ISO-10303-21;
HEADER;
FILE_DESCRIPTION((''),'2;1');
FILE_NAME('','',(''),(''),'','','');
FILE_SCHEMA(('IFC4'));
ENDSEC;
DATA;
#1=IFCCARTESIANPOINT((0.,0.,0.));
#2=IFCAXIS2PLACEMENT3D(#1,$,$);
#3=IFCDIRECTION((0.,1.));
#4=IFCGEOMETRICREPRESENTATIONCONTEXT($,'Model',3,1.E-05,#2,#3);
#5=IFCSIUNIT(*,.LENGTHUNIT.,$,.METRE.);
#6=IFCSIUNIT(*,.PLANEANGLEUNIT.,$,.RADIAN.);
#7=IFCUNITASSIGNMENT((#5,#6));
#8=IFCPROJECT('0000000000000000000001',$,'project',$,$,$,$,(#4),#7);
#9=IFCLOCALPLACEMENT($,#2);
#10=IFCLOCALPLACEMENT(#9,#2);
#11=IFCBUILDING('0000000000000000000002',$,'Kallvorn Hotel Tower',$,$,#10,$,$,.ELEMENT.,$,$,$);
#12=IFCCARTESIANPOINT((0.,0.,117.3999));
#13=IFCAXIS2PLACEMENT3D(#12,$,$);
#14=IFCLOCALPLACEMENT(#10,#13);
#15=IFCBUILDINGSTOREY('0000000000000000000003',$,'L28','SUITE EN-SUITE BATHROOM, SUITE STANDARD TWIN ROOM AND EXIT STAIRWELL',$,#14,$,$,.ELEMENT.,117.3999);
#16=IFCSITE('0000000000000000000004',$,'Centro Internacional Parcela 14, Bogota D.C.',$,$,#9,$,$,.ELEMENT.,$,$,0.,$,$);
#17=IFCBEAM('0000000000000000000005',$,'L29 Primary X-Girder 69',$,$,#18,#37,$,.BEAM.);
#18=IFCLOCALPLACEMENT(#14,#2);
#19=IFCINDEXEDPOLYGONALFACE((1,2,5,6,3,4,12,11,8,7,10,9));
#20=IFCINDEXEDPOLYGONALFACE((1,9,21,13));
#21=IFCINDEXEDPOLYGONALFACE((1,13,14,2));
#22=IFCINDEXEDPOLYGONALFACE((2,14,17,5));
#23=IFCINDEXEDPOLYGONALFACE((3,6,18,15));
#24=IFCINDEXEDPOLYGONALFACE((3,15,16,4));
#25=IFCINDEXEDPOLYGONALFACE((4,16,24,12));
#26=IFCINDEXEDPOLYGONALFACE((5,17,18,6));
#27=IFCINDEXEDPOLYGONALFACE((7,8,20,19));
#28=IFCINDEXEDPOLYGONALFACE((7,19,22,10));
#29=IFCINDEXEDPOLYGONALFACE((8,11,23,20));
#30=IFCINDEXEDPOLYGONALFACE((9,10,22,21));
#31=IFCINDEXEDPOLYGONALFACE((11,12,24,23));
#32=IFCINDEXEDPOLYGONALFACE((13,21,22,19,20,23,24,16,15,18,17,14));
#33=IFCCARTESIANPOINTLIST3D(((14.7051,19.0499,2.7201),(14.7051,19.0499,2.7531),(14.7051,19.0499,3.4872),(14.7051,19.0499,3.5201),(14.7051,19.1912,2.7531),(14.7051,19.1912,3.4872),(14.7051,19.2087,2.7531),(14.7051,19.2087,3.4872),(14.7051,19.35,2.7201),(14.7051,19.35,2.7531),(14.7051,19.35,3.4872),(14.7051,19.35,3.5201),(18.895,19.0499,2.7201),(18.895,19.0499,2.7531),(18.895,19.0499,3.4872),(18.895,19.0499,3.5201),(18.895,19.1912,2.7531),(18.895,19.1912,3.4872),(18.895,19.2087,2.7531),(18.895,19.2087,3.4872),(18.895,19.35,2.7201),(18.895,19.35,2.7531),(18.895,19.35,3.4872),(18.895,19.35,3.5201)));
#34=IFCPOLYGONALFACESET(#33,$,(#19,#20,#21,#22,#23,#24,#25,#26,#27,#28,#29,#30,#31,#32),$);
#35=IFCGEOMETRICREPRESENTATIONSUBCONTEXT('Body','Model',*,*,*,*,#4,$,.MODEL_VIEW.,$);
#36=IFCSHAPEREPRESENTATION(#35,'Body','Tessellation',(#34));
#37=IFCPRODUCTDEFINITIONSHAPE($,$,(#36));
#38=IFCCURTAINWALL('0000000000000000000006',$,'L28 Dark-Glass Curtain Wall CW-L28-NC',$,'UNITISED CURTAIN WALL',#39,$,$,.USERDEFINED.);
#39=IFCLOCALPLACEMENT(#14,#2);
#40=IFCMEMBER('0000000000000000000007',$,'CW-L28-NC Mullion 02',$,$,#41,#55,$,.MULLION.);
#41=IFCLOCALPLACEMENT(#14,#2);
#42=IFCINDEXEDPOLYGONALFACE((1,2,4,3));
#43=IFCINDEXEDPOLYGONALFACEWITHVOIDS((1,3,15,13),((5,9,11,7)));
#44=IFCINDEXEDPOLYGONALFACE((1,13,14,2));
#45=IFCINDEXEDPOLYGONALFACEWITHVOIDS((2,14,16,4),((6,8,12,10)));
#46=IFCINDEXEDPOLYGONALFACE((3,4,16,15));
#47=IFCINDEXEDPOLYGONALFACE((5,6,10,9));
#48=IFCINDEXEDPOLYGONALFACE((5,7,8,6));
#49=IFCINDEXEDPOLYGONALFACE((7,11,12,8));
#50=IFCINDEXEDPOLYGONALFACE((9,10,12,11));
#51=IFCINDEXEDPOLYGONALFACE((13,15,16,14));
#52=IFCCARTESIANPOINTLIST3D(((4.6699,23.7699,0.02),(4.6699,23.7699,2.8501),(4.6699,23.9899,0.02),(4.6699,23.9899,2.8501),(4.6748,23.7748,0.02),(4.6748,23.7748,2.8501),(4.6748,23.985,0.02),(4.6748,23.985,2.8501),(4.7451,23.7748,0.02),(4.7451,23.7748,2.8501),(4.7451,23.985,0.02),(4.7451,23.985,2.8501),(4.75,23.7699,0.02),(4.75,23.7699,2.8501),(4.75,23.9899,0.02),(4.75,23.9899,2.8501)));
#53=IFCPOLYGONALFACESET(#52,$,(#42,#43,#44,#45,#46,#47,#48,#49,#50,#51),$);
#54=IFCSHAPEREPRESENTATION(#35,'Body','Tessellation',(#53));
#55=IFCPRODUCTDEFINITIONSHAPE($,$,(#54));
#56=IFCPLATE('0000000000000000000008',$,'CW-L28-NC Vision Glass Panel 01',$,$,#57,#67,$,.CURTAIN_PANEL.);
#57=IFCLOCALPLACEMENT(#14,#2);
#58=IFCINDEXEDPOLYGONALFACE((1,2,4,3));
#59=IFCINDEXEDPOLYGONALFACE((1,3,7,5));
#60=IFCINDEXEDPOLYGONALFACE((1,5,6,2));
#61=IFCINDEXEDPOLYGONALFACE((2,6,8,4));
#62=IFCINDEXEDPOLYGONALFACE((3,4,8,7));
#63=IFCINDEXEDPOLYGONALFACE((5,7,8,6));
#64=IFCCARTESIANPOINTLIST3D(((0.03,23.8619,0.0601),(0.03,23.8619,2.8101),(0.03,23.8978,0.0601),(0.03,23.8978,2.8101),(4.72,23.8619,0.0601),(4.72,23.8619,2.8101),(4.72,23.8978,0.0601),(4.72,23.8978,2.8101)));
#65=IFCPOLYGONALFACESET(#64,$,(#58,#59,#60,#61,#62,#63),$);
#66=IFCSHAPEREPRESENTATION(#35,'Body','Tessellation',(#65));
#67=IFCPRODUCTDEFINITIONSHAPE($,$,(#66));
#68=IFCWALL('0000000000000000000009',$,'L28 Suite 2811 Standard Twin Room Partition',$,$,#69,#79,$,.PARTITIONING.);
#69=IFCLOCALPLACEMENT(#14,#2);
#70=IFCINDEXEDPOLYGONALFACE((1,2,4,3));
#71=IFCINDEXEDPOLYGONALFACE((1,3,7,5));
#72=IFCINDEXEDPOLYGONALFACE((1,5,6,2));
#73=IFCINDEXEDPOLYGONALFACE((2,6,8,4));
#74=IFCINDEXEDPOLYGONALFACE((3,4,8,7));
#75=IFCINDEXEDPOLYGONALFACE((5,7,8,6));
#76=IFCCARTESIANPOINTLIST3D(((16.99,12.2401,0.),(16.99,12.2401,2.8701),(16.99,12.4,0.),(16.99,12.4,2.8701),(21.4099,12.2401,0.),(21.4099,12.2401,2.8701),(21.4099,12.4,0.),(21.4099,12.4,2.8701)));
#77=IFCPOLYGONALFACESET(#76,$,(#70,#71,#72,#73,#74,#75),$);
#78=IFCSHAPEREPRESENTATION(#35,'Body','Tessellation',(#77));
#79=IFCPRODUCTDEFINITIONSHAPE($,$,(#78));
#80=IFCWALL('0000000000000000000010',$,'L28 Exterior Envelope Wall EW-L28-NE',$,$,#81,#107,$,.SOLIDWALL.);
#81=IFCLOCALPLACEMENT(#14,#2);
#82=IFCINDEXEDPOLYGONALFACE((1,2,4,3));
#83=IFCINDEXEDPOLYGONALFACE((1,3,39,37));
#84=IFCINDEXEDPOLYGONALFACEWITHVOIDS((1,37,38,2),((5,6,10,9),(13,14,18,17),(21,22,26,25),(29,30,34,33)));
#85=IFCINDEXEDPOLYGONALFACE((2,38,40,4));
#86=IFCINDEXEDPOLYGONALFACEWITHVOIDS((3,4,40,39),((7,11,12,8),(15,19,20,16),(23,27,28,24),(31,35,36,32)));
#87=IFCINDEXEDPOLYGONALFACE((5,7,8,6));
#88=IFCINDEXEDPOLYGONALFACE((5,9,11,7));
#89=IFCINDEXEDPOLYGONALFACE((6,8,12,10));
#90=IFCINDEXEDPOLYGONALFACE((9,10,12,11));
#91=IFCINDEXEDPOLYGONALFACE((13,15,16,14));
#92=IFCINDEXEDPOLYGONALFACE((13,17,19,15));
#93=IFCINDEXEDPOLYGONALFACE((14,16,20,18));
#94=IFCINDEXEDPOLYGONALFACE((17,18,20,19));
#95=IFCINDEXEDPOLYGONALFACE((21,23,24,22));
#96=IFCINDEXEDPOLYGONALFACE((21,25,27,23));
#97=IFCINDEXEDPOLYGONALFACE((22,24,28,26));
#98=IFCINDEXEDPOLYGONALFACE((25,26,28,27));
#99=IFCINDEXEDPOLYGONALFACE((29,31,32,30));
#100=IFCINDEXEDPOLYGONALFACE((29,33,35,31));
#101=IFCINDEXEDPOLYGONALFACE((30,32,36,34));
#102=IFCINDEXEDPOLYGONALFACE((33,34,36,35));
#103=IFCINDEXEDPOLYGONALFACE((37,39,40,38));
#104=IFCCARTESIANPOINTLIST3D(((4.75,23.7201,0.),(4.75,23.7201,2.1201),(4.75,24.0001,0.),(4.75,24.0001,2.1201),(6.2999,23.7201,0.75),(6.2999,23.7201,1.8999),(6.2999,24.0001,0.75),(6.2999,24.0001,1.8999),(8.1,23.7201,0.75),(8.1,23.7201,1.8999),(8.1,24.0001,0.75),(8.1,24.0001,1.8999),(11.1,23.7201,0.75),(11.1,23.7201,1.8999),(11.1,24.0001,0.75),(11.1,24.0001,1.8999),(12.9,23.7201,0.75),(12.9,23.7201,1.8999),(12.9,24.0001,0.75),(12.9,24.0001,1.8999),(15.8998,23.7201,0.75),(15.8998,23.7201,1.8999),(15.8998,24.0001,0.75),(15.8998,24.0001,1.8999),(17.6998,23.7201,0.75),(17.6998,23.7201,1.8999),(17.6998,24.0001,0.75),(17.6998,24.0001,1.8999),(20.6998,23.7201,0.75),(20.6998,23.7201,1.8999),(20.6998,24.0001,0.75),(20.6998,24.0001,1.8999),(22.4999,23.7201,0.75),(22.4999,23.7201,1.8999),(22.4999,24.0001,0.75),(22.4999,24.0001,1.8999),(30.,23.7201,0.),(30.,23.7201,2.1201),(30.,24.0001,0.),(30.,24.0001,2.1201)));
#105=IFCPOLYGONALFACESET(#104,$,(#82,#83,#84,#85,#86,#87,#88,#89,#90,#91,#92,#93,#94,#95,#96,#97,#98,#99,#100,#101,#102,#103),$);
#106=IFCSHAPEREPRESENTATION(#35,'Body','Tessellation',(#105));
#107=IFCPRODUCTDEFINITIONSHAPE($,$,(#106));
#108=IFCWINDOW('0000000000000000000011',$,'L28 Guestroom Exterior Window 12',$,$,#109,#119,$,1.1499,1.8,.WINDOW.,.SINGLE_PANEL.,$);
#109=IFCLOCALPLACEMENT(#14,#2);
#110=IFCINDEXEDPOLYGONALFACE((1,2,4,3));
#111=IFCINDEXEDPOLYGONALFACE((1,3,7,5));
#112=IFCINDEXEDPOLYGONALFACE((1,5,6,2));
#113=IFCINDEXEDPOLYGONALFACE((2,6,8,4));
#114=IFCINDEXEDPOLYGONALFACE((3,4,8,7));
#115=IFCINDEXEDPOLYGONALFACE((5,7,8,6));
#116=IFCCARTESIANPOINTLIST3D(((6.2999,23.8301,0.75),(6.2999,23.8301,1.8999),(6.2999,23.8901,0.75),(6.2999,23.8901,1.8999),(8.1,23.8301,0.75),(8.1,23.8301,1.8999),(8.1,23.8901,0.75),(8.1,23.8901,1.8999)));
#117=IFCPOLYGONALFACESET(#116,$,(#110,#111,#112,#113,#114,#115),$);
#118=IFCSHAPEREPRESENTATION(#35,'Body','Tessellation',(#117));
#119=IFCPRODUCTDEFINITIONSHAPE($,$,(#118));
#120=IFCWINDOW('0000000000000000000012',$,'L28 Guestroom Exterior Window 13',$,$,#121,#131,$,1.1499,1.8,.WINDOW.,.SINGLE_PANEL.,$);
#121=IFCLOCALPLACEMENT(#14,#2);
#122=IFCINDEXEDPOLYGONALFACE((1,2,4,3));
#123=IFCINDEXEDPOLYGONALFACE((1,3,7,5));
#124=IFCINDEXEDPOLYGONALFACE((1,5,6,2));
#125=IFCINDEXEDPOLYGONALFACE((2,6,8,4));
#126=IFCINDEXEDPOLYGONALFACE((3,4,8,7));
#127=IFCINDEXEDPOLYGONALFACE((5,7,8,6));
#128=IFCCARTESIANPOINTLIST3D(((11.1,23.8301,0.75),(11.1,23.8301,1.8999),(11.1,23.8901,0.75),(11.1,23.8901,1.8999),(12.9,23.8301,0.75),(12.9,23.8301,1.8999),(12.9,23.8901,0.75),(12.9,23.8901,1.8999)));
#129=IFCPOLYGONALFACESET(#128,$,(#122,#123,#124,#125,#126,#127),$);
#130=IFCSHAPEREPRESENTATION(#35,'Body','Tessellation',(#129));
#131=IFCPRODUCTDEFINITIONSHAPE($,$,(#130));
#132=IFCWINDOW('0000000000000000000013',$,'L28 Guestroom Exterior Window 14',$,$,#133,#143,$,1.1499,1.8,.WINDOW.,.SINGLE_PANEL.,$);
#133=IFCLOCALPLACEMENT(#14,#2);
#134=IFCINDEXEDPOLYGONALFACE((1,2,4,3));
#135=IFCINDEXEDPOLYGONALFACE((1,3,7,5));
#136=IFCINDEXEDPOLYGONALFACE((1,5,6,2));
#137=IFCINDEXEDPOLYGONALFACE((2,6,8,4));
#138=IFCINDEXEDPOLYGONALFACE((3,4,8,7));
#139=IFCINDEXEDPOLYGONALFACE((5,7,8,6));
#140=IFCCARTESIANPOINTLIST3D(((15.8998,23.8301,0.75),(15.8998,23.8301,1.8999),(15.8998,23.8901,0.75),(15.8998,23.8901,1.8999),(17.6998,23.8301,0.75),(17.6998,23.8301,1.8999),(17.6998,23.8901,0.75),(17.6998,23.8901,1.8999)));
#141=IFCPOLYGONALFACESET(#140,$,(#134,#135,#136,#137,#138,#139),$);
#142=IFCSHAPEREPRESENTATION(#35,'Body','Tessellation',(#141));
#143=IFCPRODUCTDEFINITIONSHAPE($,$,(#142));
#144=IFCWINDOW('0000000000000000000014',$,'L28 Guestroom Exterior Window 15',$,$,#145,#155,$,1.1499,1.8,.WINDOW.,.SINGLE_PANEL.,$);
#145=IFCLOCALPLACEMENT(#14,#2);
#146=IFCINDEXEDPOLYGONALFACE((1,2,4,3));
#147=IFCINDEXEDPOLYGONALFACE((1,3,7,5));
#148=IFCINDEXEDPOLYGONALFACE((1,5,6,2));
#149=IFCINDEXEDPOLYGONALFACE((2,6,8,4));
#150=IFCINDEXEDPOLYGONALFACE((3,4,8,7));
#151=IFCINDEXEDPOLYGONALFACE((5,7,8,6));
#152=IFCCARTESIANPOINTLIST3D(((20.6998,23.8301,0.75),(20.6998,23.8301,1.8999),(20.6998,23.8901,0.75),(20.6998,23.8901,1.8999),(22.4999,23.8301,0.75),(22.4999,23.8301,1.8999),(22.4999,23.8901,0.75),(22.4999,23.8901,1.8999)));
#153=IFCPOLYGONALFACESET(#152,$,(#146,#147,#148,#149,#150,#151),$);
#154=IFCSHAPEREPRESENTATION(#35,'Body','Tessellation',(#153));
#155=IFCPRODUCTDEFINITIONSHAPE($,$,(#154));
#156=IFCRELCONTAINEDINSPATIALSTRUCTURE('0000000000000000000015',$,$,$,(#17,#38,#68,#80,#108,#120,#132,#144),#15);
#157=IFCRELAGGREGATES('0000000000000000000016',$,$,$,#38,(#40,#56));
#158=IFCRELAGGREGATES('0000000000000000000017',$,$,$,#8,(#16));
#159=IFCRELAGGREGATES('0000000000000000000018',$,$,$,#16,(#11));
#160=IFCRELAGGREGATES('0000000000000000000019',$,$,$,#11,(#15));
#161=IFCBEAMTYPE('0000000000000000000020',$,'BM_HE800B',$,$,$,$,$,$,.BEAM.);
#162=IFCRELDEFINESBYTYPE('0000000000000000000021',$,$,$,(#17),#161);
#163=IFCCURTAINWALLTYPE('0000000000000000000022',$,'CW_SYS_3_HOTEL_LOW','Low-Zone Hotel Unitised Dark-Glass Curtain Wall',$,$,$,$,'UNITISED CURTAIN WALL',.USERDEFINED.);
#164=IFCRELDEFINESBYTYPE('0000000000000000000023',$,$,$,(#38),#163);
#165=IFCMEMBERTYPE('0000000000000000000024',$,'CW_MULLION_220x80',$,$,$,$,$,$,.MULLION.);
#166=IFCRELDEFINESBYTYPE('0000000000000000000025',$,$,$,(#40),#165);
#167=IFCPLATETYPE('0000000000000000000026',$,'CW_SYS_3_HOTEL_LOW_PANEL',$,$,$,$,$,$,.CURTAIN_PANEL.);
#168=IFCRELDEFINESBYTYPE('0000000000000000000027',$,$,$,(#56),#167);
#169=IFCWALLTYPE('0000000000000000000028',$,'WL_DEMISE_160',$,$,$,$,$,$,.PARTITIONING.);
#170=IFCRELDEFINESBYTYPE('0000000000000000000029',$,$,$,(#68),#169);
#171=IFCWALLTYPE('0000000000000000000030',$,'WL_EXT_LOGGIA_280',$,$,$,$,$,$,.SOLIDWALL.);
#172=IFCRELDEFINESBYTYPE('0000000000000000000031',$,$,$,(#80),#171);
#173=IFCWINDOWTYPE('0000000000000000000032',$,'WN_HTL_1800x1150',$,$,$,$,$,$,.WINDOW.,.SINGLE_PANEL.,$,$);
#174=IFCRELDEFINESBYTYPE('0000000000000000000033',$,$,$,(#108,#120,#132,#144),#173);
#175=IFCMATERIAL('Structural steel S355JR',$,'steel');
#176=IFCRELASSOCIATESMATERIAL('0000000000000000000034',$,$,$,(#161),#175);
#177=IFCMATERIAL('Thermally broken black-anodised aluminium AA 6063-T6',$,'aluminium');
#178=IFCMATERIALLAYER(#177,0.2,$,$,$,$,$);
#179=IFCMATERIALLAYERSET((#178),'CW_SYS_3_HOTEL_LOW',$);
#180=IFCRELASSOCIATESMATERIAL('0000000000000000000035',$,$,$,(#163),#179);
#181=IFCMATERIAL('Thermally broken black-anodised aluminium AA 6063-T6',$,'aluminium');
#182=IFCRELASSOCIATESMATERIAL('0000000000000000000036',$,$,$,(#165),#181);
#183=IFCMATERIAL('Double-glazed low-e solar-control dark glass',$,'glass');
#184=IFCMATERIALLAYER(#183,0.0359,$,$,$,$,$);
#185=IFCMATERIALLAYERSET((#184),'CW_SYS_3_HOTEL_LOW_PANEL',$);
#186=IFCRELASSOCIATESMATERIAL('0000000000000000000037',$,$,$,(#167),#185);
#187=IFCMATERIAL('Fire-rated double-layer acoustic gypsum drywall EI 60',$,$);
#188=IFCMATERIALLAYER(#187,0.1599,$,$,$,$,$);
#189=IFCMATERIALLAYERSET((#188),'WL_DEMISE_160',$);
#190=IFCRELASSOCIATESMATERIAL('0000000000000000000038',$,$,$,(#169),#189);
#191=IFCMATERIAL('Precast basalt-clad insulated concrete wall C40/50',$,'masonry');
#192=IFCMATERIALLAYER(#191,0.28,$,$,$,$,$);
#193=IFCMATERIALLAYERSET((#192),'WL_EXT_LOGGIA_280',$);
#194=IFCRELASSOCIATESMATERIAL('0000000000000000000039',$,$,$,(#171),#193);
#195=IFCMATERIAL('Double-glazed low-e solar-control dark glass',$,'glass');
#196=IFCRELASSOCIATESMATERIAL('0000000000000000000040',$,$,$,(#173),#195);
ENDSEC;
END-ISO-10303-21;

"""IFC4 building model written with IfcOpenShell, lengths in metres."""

from ifc_helpers import new_model, si_unit, direction, frame, frame_2d, origin, origin_2d, place, context, subcontext, project, spatial, rectangle, hollow_rectangle, i_section, extrude, material, layer, layer_set, material_profile, profile_set, type_object, element, fill, aggregate, save


model = new_model("IFC4")

# Units and contexts
model_context = context("Model", 3, precision=1e-05, world=origin(), true_north=direction((0.0, 1.0)))
body_context = subcontext(model_context, "Body", "Model", "MODEL_VIEW")
ifc_project = project(units=[si_unit("LENGTHUNIT", "METRE"), si_unit("PLANEANGLEUNIT", "RADIAN")], contexts=[model_context])

# Site, building, storey
site_placement = place(None, origin())
site = spatial("IfcSite", under=ifc_project, at=site_placement, Name="Centro Internacional Parcela 14, Bogota D.C.", CompositionType="ELEMENT", RefElevation=0.0)
building_placement = place(site_placement, origin())
building = spatial("IfcBuilding", under=site, at=building_placement, Name="Kallvorn Hotel Tower", CompositionType="ELEMENT")
storey_placement = place(building_placement, frame((0.0, 0.0, 117.3999)))
storey = spatial("IfcBuildingStorey", under=building, at=storey_placement, Name="L28", Description="SUITE EN-SUITE BATHROOM, SUITE STANDARD TWIN ROOM AND EXIT STAIRWELL", CompositionType="ELEMENT", Elevation=117.3999)

# Beam
ifc_material_1 = material(Name="Structural steel S355JR", Category="steel")
ifc_material_profile_1 = material_profile(ifc_material_1, i_section(OverallWidth=0.3, OverallDepth=0.8, WebThickness=0.0176, FlangeThickness=0.033, at=origin_2d()), Name="HE 800 B")
ifc_profile_set_1 = profile_set([ifc_material_profile_1], Name="Structural steel S355JR")
beam_type_1 = type_object("IfcBeamType", Name="BM_HE800B", PredefinedType="BEAM", material=ifc_profile_set_1)
for number, where, z_axis, x_axis, name in (
    (1, (14.7051, 19.2, 3.1201), (1.0, 0.0, 0.0), (0.0, 1.0, 0.0), "L29 Primary X-Girder 69"),
):
    element("IfcBeam", number, at=place(storey_placement, frame(where, z_axis=z_axis, x_axis=x_axis)), inside=storey, type_object=beam_type_1, Name=name, PredefinedType="BEAM", context=body_context, shape_type="SweptSolid", body=[
        extrude(i_section(OverallWidth=0.3, OverallDepth=0.8, WebThickness=0.0176, FlangeThickness=0.033, at=origin_2d()), origin(), (0.0, 0.0, 1.0), 4.1899),
    ])

# Curtain wall, member, plate
ifc_material_2 = material(Name="Thermally broken black-anodised aluminium AA 6063-T6", Category="aluminium")
ifc_layer_1 = layer(ifc_material_2, 0.2)
ifc_layer_set_1 = layer_set([ifc_layer_1], Name="CW_SYS_3_HOTEL_LOW")
curtain_wall_type = type_object("IfcCurtainWallType", Name="CW_SYS_3_HOTEL_LOW", Description="Low-Zone Hotel Unitised Dark-Glass Curtain Wall", ElementType="UNITISED CURTAIN WALL", PredefinedType="USERDEFINED", material=ifc_layer_set_1)
curtain_wall_placement = place(storey_placement, origin())
curtain_wall = element("IfcCurtainWall", 2, at=curtain_wall_placement, inside=storey, type_object=curtain_wall_type, Name="L28 Dark-Glass Curtain Wall CW-L28-NC", ObjectType="UNITISED CURTAIN WALL", PredefinedType="USERDEFINED")
ifc_material_3 = material(Name="Thermally broken black-anodised aluminium AA 6063-T6", Category="aluminium")
ifc_material_profile_2 = material_profile(ifc_material_3, hollow_rectangle(XDim=0.0801, YDim=0.22, WallThickness=0.0049, at=origin_2d()), Name="MUL 220x80")
ifc_profile_set_2 = profile_set([ifc_material_profile_2], Name="Thermally broken black-anodised aluminium AA 6063-T6")
member_type = type_object("IfcMemberType", Name="CW_MULLION_220x80", PredefinedType="MULLION", material=ifc_profile_set_2)
member_placement = place(storey_placement, frame((4.71, 23.8799, 0.02), z_axis=(0.0, 0.0, 1.0), x_axis=(1.0, 0.0, 0.0)))
member = element("IfcMember", 3, at=member_placement, type_object=member_type, Name="CW-L28-NC Mullion 02", PredefinedType="MULLION", context=body_context, shape_type="SweptSolid", body=[
    extrude(hollow_rectangle(XDim=0.0801, YDim=0.22, WallThickness=0.0049, at=origin_2d()), origin(), (0.0, 0.0, 1.0), 2.8301),
])
ifc_material_4 = material(Name="Double-glazed low-e solar-control dark glass", Category="glass")
ifc_layer_2 = layer(ifc_material_4, 0.0359)
ifc_layer_set_2 = layer_set([ifc_layer_2], Name="CW_SYS_3_HOTEL_LOW_PANEL")
plate_type = type_object("IfcPlateType", Name="CW_SYS_3_HOTEL_LOW_PANEL", PredefinedType="CURTAIN_PANEL", material=ifc_layer_set_2)
plate_placement = place(storey_placement, frame((2.375, 23.8799, 0.0601), z_axis=(0.0, 0.0, 1.0), x_axis=(1.0, 0.0, 0.0)))
plate = element("IfcPlate", 4, at=plate_placement, type_object=plate_type, Name="CW-L28-NC Vision Glass Panel 01", PredefinedType="CURTAIN_PANEL", context=body_context, shape_type="SweptSolid", body=[
    extrude(rectangle(XDim=4.6899, YDim=0.0359, at=origin_2d()), origin(), (0.0, 0.0, 1.0), 2.75),
])
aggregate(curtain_wall, [member, plate])

# Wall
ifc_material_5 = material(Name="Fire-rated double-layer acoustic gypsum drywall EI 60")
ifc_layer_3 = layer(ifc_material_5, 0.1599)
ifc_layer_set_3 = layer_set([ifc_layer_3], Name="WL_DEMISE_160")
wall_type_1 = type_object("IfcWallType", Name="WL_DEMISE_160", PredefinedType="PARTITIONING", material=ifc_layer_set_3)
wall_1_placement = place(storey_placement, frame((16.99, 12.3201, 0.0), z_axis=(0.0, 0.0, 1.0), x_axis=(1.0, 0.0, 0.0)))
element("IfcWall", 5, at=wall_1_placement, inside=storey, type_object=wall_type_1, Name="L28 Suite 2811 Standard Twin Room Partition", PredefinedType="PARTITIONING", context=body_context, shape_type="SweptSolid", body=[
    extrude(rectangle(XDim=4.4199, YDim=0.1599, at=frame_2d((2.21, 0.0))), origin(), (0.0, 0.0, 1.0), 2.8701),
])

# Wall, openings, windows
ifc_material_6 = material(Name="Precast basalt-clad insulated concrete wall C40/50", Category="masonry")
ifc_layer_4 = layer(ifc_material_6, 0.28)
ifc_layer_set_4 = layer_set([ifc_layer_4], Name="WL_EXT_LOGGIA_280")
wall_type_2 = type_object("IfcWallType", Name="WL_EXT_LOGGIA_280", PredefinedType="SOLIDWALL", material=ifc_layer_set_4)
wall_2_placement = place(storey_placement, frame((4.75, 23.8601, 0.0), z_axis=(0.0, 0.0, 1.0), x_axis=(1.0, 0.0, 0.0)))
wall_2 = element("IfcWall", 6, at=wall_2_placement, inside=storey, type_object=wall_type_2, Name="L28 Exterior Envelope Wall EW-L28-NE", PredefinedType="SOLIDWALL", context=body_context, shape_type="SweptSolid", body=[
    extrude(rectangle(XDim=25.25, YDim=0.28, at=frame_2d((12.625, 0.0))), origin(), (0.0, 0.0, 1.0), 2.1201),
])
opening_1_placement = place(wall_2_placement, frame((1.55, 0.0, 0.75)))
opening_1 = element("IfcOpeningElement", 7, at=opening_1_placement, cuts=wall_2, PredefinedType="OPENING", context=body_context, shape_type="SweptSolid", body=[
    extrude(rectangle(XDim=1.8, YDim=1.1499, at=frame_2d((0.8999, 0.575))), frame((0.0, 0.155, 0.0), z_axis=(0.0, -1.0, 0.0), x_axis=(1.0, 0.0, 0.0)), (0.0, 0.0, 1.0), 0.3101),
])
opening_2_placement = place(wall_2_placement, frame((6.3501, 0.0, 0.75)))
opening_2 = element("IfcOpeningElement", 8, at=opening_2_placement, cuts=wall_2, PredefinedType="OPENING", context=body_context, shape_type="SweptSolid", body=[
    extrude(rectangle(XDim=1.8, YDim=1.1499, at=frame_2d((0.8999, 0.575))), frame((0.0, 0.155, 0.0), z_axis=(0.0, -1.0, 0.0), x_axis=(1.0, 0.0, 0.0)), (0.0, 0.0, 1.0), 0.3101),
])
opening_3_placement = place(wall_2_placement, frame((11.1499, 0.0, 0.75)))
opening_3 = element("IfcOpeningElement", 9, at=opening_3_placement, cuts=wall_2, PredefinedType="OPENING", context=body_context, shape_type="SweptSolid", body=[
    extrude(rectangle(XDim=1.8, YDim=1.1499, at=frame_2d((0.8999, 0.575))), frame((0.0, 0.155, 0.0), z_axis=(0.0, -1.0, 0.0), x_axis=(1.0, 0.0, 0.0)), (0.0, 0.0, 1.0), 0.3101),
])
opening_4_placement = place(wall_2_placement, frame((15.95, 0.0, 0.75)))
opening_4 = element("IfcOpeningElement", 10, at=opening_4_placement, cuts=wall_2, PredefinedType="OPENING", context=body_context, shape_type="SweptSolid", body=[
    extrude(rectangle(XDim=1.8, YDim=1.1499, at=frame_2d((0.8999, 0.575))), frame((0.0, 0.155, 0.0), z_axis=(0.0, -1.0, 0.0), x_axis=(1.0, 0.0, 0.0)), (0.0, 0.0, 1.0), 0.3101),
])
ifc_material_7 = material(Name="Double-glazed low-e solar-control dark glass", Category="glass")
window_type = type_object("IfcWindowType", Name="WN_HTL_1800x1150", PartitioningType="SINGLE_PANEL", PredefinedType="WINDOW", material=ifc_material_7)
window_1_placement = place(opening_1_placement, origin())
window_1 = element("IfcWindow", 11, at=window_1_placement, inside=storey, type_object=window_type, Name="L28 Guestroom Exterior Window 12", OverallHeight=1.1499, OverallWidth=1.8, PartitioningType="SINGLE_PANEL", PredefinedType="WINDOW", context=body_context, shape_type="SweptSolid", body=[
    extrude(rectangle(XDim=1.8, YDim=1.1499, at=frame_2d((0.8999, 0.575))), frame((0.0, 0.03, 0.0), z_axis=(0.0, -1.0, 0.0), x_axis=(1.0, 0.0, 0.0)), (0.0, 0.0, 1.0), 0.0601),
])
fill(opening_1, window_1)
window_2_placement = place(opening_2_placement, origin())
window_2 = element("IfcWindow", 12, at=window_2_placement, inside=storey, type_object=window_type, Name="L28 Guestroom Exterior Window 13", OverallHeight=1.1499, OverallWidth=1.8, PartitioningType="SINGLE_PANEL", PredefinedType="WINDOW", context=body_context, shape_type="SweptSolid", body=[
    extrude(rectangle(XDim=1.8, YDim=1.1499, at=frame_2d((0.8999, 0.575))), frame((0.0, 0.03, 0.0), z_axis=(0.0, -1.0, 0.0), x_axis=(1.0, 0.0, 0.0)), (0.0, 0.0, 1.0), 0.0601),
])
fill(opening_2, window_2)
window_3_placement = place(opening_3_placement, origin())
window_3 = element("IfcWindow", 13, at=window_3_placement, inside=storey, type_object=window_type, Name="L28 Guestroom Exterior Window 14", OverallHeight=1.1499, OverallWidth=1.8, PartitioningType="SINGLE_PANEL", PredefinedType="WINDOW", context=body_context, shape_type="SweptSolid", body=[
    extrude(rectangle(XDim=1.8, YDim=1.1499, at=frame_2d((0.8999, 0.575))), frame((0.0, 0.03, 0.0), z_axis=(0.0, -1.0, 0.0), x_axis=(1.0, 0.0, 0.0)), (0.0, 0.0, 1.0), 0.0601),
])
fill(opening_3, window_3)
window_4_placement = place(opening_4_placement, origin())
window_4 = element("IfcWindow", 14, at=window_4_placement, inside=storey, type_object=window_type, Name="L28 Guestroom Exterior Window 15", OverallHeight=1.1499, OverallWidth=1.8, PartitioningType="SINGLE_PANEL", PredefinedType="WINDOW", context=body_context, shape_type="SweptSolid", body=[
    extrude(rectangle(XDim=1.8, YDim=1.1499, at=frame_2d((0.8999, 0.575))), frame((0.0, 0.03, 0.0), z_axis=(0.0, -1.0, 0.0), x_axis=(1.0, 0.0, 0.0)), (0.0, 0.0, 1.0), 0.0601),
])
fill(opening_4, window_4)

save(model, "model.ifc")
